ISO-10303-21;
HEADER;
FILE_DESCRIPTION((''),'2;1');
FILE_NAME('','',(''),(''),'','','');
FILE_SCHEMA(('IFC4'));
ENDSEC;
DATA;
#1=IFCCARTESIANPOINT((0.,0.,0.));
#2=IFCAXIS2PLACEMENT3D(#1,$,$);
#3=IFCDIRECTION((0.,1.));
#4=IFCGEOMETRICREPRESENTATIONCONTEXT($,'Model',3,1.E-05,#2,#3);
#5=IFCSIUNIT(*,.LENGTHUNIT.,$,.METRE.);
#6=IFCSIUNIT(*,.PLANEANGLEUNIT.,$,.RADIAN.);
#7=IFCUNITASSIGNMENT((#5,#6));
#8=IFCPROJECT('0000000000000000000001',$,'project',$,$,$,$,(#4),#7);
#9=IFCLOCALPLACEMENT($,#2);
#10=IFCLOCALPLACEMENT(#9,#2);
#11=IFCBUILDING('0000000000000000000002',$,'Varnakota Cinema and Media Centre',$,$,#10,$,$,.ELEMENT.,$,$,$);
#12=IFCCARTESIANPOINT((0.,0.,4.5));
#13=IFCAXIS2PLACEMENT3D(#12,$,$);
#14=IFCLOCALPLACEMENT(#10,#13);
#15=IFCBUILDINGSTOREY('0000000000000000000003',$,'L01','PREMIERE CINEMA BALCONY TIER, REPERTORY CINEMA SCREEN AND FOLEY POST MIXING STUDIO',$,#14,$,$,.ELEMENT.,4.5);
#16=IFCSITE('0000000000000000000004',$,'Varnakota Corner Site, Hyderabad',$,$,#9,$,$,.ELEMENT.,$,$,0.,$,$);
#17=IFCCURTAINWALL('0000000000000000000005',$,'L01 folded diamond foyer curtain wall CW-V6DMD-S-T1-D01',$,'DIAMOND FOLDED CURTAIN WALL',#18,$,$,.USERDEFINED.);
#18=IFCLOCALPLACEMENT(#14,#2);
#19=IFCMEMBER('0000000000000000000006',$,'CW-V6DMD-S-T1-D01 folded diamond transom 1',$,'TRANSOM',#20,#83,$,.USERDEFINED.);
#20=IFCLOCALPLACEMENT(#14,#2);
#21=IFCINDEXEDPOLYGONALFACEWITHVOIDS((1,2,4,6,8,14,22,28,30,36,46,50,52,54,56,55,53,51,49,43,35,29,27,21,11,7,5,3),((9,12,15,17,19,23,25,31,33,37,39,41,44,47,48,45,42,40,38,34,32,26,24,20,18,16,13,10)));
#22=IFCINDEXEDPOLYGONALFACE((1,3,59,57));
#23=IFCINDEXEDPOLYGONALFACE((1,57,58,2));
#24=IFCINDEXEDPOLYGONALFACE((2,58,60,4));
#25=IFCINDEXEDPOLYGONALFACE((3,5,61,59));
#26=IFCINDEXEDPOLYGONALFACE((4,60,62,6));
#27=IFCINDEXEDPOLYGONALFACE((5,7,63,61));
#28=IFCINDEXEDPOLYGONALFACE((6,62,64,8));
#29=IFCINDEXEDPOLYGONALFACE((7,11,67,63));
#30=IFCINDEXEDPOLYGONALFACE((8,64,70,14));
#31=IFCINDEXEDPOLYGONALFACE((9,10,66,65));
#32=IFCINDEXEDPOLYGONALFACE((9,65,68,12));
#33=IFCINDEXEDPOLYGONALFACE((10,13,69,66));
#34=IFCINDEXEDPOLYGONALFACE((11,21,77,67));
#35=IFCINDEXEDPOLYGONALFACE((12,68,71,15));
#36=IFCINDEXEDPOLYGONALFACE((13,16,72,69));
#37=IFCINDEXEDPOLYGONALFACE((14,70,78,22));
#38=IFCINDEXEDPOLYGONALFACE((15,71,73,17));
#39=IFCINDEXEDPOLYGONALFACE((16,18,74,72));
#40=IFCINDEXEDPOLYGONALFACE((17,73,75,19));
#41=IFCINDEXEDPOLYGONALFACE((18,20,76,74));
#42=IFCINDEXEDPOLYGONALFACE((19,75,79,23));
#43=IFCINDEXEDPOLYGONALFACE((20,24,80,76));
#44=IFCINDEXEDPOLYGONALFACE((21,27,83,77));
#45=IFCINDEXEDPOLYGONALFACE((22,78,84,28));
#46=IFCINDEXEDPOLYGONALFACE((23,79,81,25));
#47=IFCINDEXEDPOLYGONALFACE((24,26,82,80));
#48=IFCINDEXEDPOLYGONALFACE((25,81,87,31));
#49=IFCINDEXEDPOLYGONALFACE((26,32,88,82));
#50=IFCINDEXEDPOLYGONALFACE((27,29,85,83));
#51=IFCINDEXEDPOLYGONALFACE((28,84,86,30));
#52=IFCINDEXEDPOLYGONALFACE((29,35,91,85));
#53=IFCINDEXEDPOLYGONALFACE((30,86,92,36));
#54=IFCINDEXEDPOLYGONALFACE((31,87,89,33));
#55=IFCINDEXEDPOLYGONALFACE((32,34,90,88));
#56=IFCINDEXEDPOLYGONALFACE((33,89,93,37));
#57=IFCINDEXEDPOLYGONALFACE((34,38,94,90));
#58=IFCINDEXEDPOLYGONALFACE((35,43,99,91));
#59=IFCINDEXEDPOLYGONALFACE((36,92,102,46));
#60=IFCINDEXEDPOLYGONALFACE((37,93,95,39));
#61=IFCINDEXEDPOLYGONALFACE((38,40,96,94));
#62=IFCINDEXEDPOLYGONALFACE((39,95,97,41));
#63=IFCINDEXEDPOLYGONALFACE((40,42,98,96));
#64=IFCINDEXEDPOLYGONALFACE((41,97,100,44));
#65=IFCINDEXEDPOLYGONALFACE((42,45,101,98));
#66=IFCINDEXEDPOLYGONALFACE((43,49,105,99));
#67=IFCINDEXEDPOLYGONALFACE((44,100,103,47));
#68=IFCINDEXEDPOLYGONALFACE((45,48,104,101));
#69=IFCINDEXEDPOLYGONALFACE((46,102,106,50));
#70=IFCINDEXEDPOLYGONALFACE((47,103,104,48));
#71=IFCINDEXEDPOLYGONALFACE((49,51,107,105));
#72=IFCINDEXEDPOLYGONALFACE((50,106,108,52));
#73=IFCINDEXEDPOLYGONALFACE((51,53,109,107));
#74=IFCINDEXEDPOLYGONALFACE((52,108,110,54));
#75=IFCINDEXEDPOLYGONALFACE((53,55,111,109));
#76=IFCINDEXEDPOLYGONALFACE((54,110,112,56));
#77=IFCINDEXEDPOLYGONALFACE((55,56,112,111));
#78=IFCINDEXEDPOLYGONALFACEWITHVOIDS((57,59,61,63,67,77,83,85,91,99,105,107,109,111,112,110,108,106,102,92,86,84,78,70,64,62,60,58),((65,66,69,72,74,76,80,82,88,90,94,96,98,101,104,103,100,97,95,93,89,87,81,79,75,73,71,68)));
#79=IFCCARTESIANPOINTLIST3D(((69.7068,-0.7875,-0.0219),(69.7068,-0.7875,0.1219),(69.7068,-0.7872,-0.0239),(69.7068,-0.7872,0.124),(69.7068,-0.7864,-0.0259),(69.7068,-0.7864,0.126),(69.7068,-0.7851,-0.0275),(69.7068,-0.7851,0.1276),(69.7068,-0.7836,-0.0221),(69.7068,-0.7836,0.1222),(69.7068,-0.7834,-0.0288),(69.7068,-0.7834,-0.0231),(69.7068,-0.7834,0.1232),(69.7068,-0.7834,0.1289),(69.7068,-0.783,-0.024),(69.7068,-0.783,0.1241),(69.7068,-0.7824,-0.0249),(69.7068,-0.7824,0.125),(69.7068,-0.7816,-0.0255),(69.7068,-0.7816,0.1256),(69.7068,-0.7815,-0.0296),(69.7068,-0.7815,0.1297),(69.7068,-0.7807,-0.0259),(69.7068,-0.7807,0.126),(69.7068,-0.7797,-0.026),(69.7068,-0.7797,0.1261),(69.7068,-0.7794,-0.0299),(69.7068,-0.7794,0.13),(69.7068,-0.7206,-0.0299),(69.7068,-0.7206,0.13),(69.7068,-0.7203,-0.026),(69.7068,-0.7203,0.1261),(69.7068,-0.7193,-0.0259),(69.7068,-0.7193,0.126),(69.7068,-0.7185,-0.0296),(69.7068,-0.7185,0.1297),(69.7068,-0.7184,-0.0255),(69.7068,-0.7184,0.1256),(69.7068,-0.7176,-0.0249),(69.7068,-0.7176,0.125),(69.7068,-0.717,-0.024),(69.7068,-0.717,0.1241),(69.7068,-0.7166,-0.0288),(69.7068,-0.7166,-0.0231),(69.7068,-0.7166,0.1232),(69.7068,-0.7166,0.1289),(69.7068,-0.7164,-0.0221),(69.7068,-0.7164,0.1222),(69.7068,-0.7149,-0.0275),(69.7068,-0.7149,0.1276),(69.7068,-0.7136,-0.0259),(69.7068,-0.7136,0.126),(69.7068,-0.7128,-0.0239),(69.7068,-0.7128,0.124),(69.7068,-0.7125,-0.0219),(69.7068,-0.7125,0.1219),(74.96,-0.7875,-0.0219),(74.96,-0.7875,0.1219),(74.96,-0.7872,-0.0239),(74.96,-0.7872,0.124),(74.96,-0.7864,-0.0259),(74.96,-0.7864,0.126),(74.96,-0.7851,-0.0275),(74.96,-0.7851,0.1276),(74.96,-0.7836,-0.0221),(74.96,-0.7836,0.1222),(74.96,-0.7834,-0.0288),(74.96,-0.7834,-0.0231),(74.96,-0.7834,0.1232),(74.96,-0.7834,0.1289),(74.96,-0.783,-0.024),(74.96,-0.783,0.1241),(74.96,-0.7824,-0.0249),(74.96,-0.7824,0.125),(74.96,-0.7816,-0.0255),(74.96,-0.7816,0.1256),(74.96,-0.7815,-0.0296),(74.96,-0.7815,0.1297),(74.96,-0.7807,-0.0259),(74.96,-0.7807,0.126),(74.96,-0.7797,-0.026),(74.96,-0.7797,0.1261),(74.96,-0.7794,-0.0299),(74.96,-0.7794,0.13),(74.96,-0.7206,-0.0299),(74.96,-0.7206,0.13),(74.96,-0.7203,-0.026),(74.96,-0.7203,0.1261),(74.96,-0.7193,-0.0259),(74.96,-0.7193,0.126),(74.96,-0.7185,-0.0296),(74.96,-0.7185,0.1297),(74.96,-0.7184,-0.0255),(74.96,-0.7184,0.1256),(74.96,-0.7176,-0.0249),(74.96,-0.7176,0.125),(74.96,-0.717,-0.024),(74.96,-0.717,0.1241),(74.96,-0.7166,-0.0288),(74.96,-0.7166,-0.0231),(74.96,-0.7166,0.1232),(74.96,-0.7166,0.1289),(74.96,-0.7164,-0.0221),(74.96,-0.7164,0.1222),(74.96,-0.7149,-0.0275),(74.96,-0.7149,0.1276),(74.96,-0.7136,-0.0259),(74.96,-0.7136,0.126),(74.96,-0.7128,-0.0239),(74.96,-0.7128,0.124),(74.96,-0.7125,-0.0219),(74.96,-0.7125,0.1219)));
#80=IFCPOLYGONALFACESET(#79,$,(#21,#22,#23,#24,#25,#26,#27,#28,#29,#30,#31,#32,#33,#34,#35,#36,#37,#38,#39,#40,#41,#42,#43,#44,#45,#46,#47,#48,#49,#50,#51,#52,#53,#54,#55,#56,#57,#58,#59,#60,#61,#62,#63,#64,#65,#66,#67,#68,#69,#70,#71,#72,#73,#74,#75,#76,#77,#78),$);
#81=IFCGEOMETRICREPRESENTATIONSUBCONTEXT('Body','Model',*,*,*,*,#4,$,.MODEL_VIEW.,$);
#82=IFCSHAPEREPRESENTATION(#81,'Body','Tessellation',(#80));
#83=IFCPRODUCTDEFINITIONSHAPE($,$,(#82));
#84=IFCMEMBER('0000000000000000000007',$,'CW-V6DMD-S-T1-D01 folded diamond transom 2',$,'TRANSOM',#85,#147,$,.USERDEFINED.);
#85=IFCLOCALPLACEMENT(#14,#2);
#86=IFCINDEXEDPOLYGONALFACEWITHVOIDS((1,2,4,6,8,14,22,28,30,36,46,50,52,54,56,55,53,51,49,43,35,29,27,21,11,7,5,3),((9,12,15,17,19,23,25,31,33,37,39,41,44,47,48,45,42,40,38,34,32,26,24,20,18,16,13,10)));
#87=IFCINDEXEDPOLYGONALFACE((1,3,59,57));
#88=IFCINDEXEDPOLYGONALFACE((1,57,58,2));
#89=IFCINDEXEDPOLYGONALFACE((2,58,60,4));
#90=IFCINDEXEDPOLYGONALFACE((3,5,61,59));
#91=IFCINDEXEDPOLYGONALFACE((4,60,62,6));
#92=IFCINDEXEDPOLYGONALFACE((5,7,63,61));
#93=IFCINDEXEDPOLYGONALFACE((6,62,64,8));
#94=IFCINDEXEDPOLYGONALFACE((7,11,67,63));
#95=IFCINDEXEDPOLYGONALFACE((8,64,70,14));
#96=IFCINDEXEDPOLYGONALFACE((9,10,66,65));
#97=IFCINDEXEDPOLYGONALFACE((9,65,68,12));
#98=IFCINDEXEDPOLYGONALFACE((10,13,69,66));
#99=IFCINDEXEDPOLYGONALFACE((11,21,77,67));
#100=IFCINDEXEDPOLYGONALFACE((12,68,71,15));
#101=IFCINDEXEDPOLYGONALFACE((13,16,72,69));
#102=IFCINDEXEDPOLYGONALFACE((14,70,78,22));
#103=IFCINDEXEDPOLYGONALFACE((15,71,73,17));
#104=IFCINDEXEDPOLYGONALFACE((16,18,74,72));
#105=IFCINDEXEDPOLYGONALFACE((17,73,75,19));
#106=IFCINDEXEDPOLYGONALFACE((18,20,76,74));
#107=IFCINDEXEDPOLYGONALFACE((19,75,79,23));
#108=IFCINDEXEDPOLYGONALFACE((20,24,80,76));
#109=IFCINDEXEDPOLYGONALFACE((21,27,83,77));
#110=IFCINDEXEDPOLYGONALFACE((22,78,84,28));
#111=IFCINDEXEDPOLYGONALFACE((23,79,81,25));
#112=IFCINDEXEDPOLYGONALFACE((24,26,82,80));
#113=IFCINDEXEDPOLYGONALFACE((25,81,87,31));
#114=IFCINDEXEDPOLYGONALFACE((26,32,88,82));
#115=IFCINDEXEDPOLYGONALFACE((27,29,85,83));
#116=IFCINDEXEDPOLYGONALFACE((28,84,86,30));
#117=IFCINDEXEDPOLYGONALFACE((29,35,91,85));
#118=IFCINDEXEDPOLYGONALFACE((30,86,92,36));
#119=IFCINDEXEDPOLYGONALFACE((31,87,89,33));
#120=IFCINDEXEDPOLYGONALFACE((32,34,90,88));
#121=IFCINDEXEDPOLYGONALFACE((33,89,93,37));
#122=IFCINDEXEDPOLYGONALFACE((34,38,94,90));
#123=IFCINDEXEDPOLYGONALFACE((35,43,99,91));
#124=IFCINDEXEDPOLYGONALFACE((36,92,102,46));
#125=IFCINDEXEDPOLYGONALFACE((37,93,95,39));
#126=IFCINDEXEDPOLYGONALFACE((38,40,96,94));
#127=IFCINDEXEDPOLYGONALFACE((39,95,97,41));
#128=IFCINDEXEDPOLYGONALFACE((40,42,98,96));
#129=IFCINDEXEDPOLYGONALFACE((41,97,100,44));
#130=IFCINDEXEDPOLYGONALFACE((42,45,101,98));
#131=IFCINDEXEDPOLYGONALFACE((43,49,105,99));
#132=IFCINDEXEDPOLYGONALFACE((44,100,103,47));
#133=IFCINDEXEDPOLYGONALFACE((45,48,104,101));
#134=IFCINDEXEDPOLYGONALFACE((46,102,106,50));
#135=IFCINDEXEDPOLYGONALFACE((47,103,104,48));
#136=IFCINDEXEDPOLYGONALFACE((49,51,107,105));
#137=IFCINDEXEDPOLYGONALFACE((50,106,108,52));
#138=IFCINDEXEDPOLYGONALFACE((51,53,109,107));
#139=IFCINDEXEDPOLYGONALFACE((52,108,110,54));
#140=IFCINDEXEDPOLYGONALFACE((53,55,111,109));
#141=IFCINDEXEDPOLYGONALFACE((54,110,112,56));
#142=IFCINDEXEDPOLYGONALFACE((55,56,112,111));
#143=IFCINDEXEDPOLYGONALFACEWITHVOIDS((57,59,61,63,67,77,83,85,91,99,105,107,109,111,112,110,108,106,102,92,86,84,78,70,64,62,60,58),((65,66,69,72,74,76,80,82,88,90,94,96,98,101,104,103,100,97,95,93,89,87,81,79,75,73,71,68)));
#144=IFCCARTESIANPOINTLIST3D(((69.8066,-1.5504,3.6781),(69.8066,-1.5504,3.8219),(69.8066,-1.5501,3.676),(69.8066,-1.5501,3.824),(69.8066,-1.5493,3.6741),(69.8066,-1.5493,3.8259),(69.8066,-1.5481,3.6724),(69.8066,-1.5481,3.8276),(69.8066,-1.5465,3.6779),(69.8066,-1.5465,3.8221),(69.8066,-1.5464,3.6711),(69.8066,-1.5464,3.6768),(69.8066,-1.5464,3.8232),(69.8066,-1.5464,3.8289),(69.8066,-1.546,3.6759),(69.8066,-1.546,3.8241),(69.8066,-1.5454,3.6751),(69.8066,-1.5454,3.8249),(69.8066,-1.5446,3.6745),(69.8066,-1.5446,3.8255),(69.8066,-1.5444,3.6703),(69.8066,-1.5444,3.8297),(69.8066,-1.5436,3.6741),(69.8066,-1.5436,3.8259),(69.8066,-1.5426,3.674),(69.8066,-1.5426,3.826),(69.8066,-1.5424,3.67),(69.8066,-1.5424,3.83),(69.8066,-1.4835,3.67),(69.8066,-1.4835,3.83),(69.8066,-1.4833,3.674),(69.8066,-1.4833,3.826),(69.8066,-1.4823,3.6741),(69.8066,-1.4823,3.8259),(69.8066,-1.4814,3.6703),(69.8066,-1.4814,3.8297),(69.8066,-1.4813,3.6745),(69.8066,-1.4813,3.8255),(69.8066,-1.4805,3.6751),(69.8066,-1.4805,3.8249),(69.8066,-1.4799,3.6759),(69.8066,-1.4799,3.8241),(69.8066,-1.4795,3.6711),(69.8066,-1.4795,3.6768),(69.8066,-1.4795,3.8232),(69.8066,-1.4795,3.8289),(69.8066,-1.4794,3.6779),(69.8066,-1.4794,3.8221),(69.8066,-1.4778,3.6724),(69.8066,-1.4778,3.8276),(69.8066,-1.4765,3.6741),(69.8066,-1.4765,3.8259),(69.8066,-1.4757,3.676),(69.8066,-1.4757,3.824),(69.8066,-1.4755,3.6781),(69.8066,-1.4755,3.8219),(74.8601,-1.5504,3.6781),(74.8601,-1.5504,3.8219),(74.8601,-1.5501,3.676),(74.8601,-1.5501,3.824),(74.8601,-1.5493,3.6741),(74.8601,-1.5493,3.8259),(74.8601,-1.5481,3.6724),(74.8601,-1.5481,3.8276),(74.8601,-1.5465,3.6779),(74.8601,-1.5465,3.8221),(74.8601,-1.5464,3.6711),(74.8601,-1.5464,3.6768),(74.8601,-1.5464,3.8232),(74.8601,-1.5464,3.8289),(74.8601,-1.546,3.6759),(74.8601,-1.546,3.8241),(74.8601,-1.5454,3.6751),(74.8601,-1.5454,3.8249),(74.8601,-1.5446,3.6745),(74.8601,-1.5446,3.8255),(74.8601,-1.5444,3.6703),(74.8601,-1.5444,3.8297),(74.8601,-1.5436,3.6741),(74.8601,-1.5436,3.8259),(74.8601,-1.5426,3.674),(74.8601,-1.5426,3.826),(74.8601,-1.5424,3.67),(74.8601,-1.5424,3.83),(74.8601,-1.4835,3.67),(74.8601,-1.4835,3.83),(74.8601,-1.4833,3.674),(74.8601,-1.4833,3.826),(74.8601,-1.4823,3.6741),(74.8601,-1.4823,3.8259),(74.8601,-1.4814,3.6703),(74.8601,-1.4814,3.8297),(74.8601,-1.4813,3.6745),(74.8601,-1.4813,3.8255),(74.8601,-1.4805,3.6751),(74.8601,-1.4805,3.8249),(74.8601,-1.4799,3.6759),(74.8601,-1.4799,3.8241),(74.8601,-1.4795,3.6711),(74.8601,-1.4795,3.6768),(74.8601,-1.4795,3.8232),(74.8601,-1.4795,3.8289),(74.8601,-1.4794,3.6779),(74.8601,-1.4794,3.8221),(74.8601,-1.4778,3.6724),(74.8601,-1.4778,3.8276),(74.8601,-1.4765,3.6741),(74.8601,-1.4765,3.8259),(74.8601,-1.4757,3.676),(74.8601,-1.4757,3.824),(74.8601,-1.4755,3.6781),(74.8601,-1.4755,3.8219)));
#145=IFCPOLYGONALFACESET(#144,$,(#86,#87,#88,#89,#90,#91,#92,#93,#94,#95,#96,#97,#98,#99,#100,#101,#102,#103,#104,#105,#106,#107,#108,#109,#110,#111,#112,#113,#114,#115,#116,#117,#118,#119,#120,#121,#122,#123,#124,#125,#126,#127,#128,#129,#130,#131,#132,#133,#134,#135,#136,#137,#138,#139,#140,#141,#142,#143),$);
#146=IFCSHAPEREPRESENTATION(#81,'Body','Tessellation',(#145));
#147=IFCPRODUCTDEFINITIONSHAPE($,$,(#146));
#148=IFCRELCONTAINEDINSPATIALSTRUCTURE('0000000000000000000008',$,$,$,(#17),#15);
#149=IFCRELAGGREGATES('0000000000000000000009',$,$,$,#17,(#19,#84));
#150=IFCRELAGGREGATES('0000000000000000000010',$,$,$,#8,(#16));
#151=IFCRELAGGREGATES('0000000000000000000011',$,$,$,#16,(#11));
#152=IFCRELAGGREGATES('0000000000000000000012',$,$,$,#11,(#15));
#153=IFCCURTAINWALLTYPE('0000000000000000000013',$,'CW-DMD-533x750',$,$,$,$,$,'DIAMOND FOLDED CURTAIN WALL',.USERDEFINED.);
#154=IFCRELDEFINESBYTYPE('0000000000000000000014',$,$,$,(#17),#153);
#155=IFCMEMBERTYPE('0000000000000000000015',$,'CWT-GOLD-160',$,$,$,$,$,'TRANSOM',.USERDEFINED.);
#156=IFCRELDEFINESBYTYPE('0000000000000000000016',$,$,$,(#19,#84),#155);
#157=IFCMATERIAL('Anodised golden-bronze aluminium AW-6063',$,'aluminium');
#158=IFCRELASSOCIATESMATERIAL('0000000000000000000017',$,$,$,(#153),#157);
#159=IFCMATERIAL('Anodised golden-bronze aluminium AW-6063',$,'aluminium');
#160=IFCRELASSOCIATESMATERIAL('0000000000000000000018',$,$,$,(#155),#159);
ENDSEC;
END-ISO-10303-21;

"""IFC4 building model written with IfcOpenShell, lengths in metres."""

from ifc_helpers import new_model, si_unit, direction, frame, origin, origin_2d, place, context, subcontext, project, spatial, hollow_rectangle, extrude, material, material_profile, profile_set, type_object, element, aggregate, save


model = new_model("IFC4")

# Units and contexts
model_context = context("Model", 3, precision=1e-05, world=origin(), true_north=direction((0.0, 1.0)))
body_context = subcontext(model_context, "Body", "Model", "MODEL_VIEW")
ifc_project = project(units=[si_unit("LENGTHUNIT", "METRE"), si_unit("PLANEANGLEUNIT", "RADIAN")], contexts=[model_context])

# Site, building, storey
site_placement = place(None, origin())
site = spatial("IfcSite", under=ifc_project, at=site_placement, Name="Varnakota Corner Site, Hyderabad", CompositionType="ELEMENT", RefElevation=0.0)
building_placement = place(site_placement, origin())
building = spatial("IfcBuilding", under=site, at=building_placement, Name="Varnakota Cinema and Media Centre", CompositionType="ELEMENT")
storey_placement = place(building_placement, frame((0.0, 0.0, 4.5)))
storey = spatial("IfcBuildingStorey", under=building, at=storey_placement, Name="L01", Description="PREMIERE CINEMA BALCONY TIER, REPERTORY CINEMA SCREEN AND FOLEY POST MIXING STUDIO", CompositionType="ELEMENT", Elevation=4.5)

# Curtain wall
ifc_material_1 = material(Name="Anodised golden-bronze aluminium AW-6063", Category="aluminium")
curtain_wall_type = type_object("IfcCurtainWallType", Name="CW-DMD-533x750", ElementType="DIAMOND FOLDED CURTAIN WALL", PredefinedType="USERDEFINED", material=ifc_material_1)
curtain_wall_1_placement = place(storey_placement, origin())
curtain_wall_1 = element("IfcCurtainWall", 1, at=curtain_wall_1_placement, inside=storey, type_object=curtain_wall_type, Name="L01 folded diamond foyer curtain wall CW-V6DMD-S-T1-D01", ObjectType="DIAMOND FOLDED CURTAIN WALL", PredefinedType="USERDEFINED")

# Members
ifc_material_2 = material(Name="Anodised golden-bronze aluminium AW-6063", Category="aluminium")
ifc_material_profile_1 = material_profile(ifc_material_2, hollow_rectangle(XDim=0.075, YDim=0.1599, WallThickness=0.0039, InnerFilletRadius=0.0039, OuterFilletRadius=0.0081, at=origin_2d()), Name="AL-TRANSOM 160x75x4")
ifc_profile_set_1 = profile_set([ifc_material_profile_1], Name="Anodised golden-bronze aluminium AW-6063")
member_type_1 = type_object("IfcMemberType", Name="CWT-GOLD-160", ElementType="TRANSOM", PredefinedType="USERDEFINED", material=ifc_profile_set_1)
member_1_placement = place(storey_placement, frame((74.96, -0.75, 0.05), z_axis=(-1.0, 0.0, 0.0), x_axis=(0.0, -1.0, 0.0)))
member_1 = element("IfcMember", 2, at=member_1_placement, type_object=member_type_1, Name="CW-V6DMD-S-T1-D01 folded diamond transom 1", ObjectType="TRANSOM", PredefinedType="USERDEFINED", context=body_context, shape_type="SweptSolid", body=[
    extrude(hollow_rectangle(XDim=0.075, YDim=0.1599, WallThickness=0.0039, InnerFilletRadius=0.0039, OuterFilletRadius=0.0081, at=origin_2d()), origin(), (0.0, 0.0, 1.0), 5.2532),
])
member_2_placement = place(storey_placement, frame((74.8601, -1.5129, 3.75), z_axis=(-1.0, 0.0, 0.0), x_axis=(0.0, -1.0, 0.0)))
member_2 = element("IfcMember", 3, at=member_2_placement, type_object=member_type_1, Name="CW-V6DMD-S-T1-D01 folded diamond transom 2", ObjectType="TRANSOM", PredefinedType="USERDEFINED", context=body_context, shape_type="SweptSolid", body=[
    extrude(hollow_rectangle(XDim=0.075, YDim=0.1599, WallThickness=0.0039, InnerFilletRadius=0.0039, OuterFilletRadius=0.0081, at=origin_2d()), origin(), (0.0, 0.0, 1.0), 5.0535),
])

aggregate(curtain_wall_1, [member_1, member_2])

save(model, "model.ifc")
